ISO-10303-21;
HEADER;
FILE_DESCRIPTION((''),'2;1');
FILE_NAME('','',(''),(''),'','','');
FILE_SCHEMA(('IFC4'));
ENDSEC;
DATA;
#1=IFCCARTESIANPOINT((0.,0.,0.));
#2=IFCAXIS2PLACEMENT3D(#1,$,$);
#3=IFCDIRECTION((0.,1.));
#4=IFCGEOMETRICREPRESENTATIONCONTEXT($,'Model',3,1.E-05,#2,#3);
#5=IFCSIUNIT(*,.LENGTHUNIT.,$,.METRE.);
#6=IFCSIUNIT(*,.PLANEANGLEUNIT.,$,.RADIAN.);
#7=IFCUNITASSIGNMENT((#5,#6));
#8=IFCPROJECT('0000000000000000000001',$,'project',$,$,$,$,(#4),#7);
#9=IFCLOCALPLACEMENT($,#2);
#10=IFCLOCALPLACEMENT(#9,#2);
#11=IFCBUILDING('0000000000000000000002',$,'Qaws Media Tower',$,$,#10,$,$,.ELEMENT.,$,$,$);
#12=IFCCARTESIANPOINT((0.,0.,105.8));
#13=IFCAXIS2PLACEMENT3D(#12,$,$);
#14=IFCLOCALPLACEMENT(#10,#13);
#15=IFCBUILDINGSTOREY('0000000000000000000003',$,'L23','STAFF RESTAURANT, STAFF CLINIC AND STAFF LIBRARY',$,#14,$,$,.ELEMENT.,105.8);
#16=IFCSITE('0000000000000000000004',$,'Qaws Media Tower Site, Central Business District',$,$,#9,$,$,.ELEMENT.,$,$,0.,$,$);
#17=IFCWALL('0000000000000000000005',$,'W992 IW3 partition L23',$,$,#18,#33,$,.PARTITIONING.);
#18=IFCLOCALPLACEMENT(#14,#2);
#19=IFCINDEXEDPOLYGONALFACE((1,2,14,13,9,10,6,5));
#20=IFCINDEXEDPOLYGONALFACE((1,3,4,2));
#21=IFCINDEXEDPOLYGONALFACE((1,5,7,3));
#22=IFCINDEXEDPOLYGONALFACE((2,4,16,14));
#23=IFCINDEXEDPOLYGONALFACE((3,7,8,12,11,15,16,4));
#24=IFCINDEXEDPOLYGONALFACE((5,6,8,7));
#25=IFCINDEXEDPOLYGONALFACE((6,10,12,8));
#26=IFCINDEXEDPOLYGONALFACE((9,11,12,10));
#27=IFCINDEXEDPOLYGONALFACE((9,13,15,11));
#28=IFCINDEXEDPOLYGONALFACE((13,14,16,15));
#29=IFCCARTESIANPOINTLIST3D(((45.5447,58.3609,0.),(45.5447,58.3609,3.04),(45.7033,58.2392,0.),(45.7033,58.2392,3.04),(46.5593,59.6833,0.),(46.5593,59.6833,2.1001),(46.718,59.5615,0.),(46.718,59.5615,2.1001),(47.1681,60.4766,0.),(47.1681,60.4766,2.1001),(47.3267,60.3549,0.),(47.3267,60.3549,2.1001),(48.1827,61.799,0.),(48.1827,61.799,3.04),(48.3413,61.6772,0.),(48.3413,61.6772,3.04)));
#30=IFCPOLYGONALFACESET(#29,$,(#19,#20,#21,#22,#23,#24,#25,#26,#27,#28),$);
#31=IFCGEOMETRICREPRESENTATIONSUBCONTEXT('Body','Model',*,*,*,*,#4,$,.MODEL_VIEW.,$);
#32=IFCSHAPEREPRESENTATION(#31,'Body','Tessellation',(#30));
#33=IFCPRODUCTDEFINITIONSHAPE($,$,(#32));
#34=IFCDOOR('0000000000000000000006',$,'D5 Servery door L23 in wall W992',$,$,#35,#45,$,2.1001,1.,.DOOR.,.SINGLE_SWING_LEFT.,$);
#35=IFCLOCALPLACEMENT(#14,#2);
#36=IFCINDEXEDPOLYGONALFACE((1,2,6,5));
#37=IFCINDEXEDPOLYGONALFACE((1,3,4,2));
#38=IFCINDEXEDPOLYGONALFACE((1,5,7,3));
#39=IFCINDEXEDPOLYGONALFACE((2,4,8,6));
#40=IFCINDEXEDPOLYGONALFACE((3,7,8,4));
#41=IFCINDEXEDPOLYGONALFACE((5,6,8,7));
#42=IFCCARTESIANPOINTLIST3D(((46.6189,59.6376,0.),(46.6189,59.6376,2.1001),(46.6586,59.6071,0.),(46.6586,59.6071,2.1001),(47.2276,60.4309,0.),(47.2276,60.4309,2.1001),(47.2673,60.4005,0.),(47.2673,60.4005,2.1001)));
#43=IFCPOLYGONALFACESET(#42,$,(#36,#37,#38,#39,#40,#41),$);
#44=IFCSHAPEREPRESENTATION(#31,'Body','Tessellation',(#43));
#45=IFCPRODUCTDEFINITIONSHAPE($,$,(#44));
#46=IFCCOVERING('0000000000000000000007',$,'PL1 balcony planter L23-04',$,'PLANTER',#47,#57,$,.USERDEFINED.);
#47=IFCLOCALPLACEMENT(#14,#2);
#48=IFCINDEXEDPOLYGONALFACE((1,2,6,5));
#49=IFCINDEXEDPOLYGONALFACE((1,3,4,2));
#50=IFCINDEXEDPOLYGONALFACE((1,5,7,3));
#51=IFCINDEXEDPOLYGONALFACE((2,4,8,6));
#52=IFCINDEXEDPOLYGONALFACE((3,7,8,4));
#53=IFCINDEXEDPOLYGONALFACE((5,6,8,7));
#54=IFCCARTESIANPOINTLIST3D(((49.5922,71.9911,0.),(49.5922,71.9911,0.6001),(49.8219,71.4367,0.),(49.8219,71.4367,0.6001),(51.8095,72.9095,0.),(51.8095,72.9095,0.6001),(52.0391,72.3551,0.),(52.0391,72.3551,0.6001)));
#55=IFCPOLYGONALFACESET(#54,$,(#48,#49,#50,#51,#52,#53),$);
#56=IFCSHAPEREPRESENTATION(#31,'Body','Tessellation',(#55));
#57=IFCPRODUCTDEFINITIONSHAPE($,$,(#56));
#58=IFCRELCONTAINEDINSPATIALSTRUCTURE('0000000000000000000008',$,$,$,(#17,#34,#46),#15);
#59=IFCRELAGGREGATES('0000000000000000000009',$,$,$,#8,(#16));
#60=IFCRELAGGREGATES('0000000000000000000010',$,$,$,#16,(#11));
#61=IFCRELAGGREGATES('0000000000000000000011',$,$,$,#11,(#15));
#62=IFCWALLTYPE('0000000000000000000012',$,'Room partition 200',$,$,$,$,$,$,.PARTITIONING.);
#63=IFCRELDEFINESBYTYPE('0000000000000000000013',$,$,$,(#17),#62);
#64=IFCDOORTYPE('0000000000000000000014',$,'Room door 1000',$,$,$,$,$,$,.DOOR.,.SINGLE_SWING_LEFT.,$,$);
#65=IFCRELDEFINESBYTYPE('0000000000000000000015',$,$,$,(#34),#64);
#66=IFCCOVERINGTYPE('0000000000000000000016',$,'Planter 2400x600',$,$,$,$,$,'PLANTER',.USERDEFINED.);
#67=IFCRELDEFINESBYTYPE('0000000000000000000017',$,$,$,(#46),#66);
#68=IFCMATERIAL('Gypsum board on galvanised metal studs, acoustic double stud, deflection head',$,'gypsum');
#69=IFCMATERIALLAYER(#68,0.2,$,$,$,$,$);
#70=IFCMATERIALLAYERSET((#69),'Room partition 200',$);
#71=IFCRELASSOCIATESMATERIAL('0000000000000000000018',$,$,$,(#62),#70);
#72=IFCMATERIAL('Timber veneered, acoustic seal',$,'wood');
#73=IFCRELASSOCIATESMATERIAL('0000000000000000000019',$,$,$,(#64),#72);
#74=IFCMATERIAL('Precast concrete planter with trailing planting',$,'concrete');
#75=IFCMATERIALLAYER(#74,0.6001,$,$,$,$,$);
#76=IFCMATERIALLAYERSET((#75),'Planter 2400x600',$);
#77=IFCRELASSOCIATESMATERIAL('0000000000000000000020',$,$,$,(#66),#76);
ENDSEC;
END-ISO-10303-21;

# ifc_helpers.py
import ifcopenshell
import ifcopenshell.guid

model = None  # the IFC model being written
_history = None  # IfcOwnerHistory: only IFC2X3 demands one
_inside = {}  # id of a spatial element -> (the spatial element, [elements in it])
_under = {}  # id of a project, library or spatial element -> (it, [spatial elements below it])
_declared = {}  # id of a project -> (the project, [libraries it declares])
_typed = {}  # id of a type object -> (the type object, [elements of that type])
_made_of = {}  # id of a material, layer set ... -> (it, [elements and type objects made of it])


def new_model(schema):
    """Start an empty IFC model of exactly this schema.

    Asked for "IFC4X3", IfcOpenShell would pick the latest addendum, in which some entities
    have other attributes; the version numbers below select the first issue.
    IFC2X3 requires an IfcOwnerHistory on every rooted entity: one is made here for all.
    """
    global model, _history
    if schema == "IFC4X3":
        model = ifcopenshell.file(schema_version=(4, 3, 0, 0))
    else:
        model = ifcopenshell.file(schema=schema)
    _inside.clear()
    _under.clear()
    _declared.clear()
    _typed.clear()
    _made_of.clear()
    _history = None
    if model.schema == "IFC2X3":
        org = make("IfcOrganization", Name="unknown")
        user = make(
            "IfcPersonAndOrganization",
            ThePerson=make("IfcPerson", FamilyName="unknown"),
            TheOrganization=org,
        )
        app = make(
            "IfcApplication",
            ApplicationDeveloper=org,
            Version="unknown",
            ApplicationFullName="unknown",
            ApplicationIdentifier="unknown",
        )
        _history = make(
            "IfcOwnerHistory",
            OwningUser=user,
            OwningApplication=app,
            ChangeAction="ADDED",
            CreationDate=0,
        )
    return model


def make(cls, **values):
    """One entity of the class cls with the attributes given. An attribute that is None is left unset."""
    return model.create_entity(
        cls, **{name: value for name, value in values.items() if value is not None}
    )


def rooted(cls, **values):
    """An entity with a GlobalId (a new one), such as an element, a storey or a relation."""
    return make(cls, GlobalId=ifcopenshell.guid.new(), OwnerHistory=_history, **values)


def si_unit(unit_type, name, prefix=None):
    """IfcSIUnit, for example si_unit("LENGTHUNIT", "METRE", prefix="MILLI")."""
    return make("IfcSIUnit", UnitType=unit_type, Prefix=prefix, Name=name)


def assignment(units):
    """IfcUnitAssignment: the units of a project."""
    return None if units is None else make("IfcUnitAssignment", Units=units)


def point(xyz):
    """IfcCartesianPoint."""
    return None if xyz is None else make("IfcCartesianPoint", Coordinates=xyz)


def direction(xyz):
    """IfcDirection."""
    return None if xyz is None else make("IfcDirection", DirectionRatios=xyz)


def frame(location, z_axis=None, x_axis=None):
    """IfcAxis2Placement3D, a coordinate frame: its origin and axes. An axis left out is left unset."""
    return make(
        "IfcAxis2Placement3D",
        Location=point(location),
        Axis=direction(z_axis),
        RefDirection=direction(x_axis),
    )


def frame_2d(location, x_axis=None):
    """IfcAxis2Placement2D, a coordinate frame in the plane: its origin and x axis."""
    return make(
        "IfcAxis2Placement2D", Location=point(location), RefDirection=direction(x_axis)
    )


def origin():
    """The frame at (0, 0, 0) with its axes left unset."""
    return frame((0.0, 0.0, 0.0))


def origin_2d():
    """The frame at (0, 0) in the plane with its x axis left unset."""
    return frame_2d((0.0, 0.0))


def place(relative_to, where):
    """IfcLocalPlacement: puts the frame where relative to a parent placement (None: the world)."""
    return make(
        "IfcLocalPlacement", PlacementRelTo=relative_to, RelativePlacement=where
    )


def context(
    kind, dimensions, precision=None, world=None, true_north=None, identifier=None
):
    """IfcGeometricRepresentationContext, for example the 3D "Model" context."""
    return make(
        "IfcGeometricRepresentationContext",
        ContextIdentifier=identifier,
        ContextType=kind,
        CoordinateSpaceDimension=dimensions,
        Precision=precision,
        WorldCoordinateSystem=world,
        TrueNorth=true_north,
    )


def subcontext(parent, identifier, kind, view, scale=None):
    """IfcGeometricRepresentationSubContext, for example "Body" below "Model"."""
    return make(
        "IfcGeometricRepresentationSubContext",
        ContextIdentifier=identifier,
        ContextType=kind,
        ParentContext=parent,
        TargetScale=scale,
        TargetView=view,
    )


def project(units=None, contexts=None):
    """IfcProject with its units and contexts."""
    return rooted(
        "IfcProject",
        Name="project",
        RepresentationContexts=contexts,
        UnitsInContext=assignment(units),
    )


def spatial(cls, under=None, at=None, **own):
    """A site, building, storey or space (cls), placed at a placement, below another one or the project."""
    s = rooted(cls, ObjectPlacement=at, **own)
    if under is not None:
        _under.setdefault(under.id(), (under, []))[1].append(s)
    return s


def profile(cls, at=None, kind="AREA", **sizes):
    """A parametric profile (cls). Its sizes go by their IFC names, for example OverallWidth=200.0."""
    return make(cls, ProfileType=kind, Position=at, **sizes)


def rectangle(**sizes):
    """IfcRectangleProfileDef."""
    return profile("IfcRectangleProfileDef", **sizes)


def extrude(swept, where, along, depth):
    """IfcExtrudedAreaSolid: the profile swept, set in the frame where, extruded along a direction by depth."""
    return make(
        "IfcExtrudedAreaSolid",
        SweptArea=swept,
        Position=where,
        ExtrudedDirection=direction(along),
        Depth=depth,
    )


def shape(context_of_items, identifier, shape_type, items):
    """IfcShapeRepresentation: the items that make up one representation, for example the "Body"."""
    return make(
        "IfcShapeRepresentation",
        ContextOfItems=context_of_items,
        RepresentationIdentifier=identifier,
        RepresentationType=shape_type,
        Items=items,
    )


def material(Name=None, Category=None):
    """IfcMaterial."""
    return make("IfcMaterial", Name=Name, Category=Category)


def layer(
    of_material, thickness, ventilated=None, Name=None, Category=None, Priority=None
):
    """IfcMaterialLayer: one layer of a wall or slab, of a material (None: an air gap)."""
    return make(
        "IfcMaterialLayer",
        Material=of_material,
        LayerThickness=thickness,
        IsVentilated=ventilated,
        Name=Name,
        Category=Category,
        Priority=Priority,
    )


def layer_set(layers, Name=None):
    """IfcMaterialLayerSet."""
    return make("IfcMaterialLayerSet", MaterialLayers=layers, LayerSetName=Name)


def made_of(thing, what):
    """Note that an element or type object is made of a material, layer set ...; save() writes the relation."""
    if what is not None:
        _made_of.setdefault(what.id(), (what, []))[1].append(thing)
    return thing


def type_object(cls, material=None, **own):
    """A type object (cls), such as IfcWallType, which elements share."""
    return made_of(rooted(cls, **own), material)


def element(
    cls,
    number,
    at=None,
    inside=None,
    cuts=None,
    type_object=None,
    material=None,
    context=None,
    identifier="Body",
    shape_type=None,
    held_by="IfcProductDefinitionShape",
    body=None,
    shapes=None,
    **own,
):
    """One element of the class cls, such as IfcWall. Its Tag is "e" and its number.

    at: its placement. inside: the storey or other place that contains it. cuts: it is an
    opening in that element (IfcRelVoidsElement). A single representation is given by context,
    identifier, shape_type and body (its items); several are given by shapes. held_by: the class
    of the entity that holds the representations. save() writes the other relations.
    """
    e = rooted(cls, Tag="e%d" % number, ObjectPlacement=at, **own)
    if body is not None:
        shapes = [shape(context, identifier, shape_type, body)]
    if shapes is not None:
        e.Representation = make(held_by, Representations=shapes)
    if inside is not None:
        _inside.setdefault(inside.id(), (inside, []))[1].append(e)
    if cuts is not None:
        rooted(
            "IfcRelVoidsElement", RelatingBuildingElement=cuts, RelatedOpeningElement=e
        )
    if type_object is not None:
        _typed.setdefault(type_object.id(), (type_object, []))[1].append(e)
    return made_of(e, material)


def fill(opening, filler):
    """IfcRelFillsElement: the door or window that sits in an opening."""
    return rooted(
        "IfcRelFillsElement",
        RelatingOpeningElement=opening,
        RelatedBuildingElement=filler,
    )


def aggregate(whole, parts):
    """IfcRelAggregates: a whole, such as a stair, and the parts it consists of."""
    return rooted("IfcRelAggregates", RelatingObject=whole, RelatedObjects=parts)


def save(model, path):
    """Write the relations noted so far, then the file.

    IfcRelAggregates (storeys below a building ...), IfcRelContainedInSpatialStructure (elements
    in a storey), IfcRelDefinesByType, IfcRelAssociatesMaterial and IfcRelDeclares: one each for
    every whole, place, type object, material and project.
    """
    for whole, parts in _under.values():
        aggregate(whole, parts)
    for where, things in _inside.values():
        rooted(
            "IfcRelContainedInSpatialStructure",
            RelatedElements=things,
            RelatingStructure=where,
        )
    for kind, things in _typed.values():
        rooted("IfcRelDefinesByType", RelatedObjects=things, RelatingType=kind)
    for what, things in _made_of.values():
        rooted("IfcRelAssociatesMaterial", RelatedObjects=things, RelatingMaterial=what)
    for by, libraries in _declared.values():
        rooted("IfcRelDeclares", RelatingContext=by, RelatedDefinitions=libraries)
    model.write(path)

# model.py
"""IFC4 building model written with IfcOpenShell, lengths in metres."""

from ifc_helpers import new_model, si_unit, direction, frame, frame_2d, origin, origin_2d, place, context, subcontext, project, spatial, rectangle, extrude, material, layer, layer_set, type_object, element, fill, save


model = new_model("IFC4")

# Units and contexts
model_context = context("Model", 3, precision=1e-05, world=origin(), true_north=direction((0.0, 1.0)))
body_context = subcontext(model_context, "Body", "Model", "MODEL_VIEW")
ifc_project = project(units=[si_unit("LENGTHUNIT", "METRE"), si_unit("PLANEANGLEUNIT", "RADIAN")], contexts=[model_context])

# Site, building, storey
site_placement = place(None, origin())
site = spatial("IfcSite", under=ifc_project, at=site_placement, Name="Qaws Media Tower Site, Central Business District", CompositionType="ELEMENT", RefElevation=0.0)
building_placement = place(site_placement, origin())
building = spatial("IfcBuilding", under=site, at=building_placement, Name="Qaws Media Tower", CompositionType="ELEMENT")
storey_placement = place(building_placement, frame((0.0, 0.0, 105.8)))
storey = spatial("IfcBuildingStorey", under=building, at=storey_placement, Name="L23", Description="STAFF RESTAURANT, STAFF CLINIC AND STAFF LIBRARY", CompositionType="ELEMENT", Elevation=105.8)

# Wall, opening, door
ifc_material_1 = material(Name="Gypsum board on galvanised metal studs, acoustic double stud, deflection head", Category="gypsum")
ifc_layer_1 = layer(ifc_material_1, 0.2)
ifc_layer_set_1 = layer_set([ifc_layer_1], Name="Room partition 200")
wall_type = type_object("IfcWallType", Name="Room partition 200", PredefinedType="PARTITIONING", material=ifc_layer_set_1)
wall_placement = place(storey_placement, frame((45.624, 58.3, 0.0), z_axis=(0.0, 0.0, 1.0), x_axis=(0.608744, 0.793367, 0.0)))
wall = element("IfcWall", 1, at=wall_placement, inside=storey, type_object=wall_type, Name="W992 IW3 partition L23", PredefinedType="PARTITIONING", context=body_context, shape_type="SweptSolid", body=[
    extrude(rectangle(XDim=4.3335, YDim=0.2, at=frame_2d((2.1667, 0.0))), origin(), (0.0, 0.0, 1.0), 3.04),
])
opening_placement = place(wall_placement, frame((1.6667, 0.0, 0.0)))
opening = element("IfcOpeningElement", 2, at=opening_placement, cuts=wall, PredefinedType="OPENING", context=body_context, shape_type="SweptSolid", body=[
    extrude(rectangle(XDim=1.0, YDim=2.1001, at=frame_2d((0.5, 1.05))), frame((0.0, 0.1099, 0.0), z_axis=(0.0, -1.0, 0.0), x_axis=(1.0, 0.0, 0.0)), (0.0, 0.0, 1.0), 0.22),
])
ifc_material_2 = material(Name="Timber veneered, acoustic seal", Category="wood")
door_type = type_object("IfcDoorType", Name="Room door 1000", OperationType="SINGLE_SWING_LEFT", PredefinedType="DOOR", material=ifc_material_2)
door_placement = place(opening_placement, origin())
door = element("IfcDoor", 3, at=door_placement, inside=storey, type_object=door_type, Name="D5 Servery door L23 in wall W992", OperationType="SINGLE_SWING_LEFT", OverallHeight=2.1001, OverallWidth=1.0, PredefinedType="DOOR", context=body_context, shape_type="SweptSolid", body=[
    extrude(rectangle(XDim=1.0, YDim=2.1001, at=frame_2d((0.5, 1.05))), frame((0.0, 0.0249, 0.0), z_axis=(0.0, -1.0, 0.0), x_axis=(1.0, 0.0, 0.0)), (0.0, 0.0, 1.0), 0.05),
])
fill(opening, door)

# Covering
ifc_material_3 = material(Name="Precast concrete planter with trailing planting", Category="concrete")
ifc_layer_2 = layer(ifc_material_3, 0.6001)
ifc_layer_set_2 = layer_set([ifc_layer_2], Name="Planter 2400x600")
covering_type = type_object("IfcCoveringType", Name="Planter 2400x600", ElementType="PLANTER", PredefinedType="USERDEFINED", material=ifc_layer_set_2)
covering_placement = place(storey_placement, frame((50.8157, 72.1731, 0.0), z_axis=(0.0, 0.0, 1.0), x_axis=(-0.92388, -0.382683, 0.0)))
element("IfcCovering", 4, at=covering_placement, inside=storey, type_object=covering_type, Name="PL1 balcony planter L23-04", ObjectType="PLANTER", PredefinedType="USERDEFINED", context=body_context, shape_type="SweptSolid", body=[
    extrude(rectangle(XDim=2.3999, YDim=0.6001, at=origin_2d()), origin(), (0.0, 0.0, 1.0), 0.6001),
])

save(model, "model.ifc")
